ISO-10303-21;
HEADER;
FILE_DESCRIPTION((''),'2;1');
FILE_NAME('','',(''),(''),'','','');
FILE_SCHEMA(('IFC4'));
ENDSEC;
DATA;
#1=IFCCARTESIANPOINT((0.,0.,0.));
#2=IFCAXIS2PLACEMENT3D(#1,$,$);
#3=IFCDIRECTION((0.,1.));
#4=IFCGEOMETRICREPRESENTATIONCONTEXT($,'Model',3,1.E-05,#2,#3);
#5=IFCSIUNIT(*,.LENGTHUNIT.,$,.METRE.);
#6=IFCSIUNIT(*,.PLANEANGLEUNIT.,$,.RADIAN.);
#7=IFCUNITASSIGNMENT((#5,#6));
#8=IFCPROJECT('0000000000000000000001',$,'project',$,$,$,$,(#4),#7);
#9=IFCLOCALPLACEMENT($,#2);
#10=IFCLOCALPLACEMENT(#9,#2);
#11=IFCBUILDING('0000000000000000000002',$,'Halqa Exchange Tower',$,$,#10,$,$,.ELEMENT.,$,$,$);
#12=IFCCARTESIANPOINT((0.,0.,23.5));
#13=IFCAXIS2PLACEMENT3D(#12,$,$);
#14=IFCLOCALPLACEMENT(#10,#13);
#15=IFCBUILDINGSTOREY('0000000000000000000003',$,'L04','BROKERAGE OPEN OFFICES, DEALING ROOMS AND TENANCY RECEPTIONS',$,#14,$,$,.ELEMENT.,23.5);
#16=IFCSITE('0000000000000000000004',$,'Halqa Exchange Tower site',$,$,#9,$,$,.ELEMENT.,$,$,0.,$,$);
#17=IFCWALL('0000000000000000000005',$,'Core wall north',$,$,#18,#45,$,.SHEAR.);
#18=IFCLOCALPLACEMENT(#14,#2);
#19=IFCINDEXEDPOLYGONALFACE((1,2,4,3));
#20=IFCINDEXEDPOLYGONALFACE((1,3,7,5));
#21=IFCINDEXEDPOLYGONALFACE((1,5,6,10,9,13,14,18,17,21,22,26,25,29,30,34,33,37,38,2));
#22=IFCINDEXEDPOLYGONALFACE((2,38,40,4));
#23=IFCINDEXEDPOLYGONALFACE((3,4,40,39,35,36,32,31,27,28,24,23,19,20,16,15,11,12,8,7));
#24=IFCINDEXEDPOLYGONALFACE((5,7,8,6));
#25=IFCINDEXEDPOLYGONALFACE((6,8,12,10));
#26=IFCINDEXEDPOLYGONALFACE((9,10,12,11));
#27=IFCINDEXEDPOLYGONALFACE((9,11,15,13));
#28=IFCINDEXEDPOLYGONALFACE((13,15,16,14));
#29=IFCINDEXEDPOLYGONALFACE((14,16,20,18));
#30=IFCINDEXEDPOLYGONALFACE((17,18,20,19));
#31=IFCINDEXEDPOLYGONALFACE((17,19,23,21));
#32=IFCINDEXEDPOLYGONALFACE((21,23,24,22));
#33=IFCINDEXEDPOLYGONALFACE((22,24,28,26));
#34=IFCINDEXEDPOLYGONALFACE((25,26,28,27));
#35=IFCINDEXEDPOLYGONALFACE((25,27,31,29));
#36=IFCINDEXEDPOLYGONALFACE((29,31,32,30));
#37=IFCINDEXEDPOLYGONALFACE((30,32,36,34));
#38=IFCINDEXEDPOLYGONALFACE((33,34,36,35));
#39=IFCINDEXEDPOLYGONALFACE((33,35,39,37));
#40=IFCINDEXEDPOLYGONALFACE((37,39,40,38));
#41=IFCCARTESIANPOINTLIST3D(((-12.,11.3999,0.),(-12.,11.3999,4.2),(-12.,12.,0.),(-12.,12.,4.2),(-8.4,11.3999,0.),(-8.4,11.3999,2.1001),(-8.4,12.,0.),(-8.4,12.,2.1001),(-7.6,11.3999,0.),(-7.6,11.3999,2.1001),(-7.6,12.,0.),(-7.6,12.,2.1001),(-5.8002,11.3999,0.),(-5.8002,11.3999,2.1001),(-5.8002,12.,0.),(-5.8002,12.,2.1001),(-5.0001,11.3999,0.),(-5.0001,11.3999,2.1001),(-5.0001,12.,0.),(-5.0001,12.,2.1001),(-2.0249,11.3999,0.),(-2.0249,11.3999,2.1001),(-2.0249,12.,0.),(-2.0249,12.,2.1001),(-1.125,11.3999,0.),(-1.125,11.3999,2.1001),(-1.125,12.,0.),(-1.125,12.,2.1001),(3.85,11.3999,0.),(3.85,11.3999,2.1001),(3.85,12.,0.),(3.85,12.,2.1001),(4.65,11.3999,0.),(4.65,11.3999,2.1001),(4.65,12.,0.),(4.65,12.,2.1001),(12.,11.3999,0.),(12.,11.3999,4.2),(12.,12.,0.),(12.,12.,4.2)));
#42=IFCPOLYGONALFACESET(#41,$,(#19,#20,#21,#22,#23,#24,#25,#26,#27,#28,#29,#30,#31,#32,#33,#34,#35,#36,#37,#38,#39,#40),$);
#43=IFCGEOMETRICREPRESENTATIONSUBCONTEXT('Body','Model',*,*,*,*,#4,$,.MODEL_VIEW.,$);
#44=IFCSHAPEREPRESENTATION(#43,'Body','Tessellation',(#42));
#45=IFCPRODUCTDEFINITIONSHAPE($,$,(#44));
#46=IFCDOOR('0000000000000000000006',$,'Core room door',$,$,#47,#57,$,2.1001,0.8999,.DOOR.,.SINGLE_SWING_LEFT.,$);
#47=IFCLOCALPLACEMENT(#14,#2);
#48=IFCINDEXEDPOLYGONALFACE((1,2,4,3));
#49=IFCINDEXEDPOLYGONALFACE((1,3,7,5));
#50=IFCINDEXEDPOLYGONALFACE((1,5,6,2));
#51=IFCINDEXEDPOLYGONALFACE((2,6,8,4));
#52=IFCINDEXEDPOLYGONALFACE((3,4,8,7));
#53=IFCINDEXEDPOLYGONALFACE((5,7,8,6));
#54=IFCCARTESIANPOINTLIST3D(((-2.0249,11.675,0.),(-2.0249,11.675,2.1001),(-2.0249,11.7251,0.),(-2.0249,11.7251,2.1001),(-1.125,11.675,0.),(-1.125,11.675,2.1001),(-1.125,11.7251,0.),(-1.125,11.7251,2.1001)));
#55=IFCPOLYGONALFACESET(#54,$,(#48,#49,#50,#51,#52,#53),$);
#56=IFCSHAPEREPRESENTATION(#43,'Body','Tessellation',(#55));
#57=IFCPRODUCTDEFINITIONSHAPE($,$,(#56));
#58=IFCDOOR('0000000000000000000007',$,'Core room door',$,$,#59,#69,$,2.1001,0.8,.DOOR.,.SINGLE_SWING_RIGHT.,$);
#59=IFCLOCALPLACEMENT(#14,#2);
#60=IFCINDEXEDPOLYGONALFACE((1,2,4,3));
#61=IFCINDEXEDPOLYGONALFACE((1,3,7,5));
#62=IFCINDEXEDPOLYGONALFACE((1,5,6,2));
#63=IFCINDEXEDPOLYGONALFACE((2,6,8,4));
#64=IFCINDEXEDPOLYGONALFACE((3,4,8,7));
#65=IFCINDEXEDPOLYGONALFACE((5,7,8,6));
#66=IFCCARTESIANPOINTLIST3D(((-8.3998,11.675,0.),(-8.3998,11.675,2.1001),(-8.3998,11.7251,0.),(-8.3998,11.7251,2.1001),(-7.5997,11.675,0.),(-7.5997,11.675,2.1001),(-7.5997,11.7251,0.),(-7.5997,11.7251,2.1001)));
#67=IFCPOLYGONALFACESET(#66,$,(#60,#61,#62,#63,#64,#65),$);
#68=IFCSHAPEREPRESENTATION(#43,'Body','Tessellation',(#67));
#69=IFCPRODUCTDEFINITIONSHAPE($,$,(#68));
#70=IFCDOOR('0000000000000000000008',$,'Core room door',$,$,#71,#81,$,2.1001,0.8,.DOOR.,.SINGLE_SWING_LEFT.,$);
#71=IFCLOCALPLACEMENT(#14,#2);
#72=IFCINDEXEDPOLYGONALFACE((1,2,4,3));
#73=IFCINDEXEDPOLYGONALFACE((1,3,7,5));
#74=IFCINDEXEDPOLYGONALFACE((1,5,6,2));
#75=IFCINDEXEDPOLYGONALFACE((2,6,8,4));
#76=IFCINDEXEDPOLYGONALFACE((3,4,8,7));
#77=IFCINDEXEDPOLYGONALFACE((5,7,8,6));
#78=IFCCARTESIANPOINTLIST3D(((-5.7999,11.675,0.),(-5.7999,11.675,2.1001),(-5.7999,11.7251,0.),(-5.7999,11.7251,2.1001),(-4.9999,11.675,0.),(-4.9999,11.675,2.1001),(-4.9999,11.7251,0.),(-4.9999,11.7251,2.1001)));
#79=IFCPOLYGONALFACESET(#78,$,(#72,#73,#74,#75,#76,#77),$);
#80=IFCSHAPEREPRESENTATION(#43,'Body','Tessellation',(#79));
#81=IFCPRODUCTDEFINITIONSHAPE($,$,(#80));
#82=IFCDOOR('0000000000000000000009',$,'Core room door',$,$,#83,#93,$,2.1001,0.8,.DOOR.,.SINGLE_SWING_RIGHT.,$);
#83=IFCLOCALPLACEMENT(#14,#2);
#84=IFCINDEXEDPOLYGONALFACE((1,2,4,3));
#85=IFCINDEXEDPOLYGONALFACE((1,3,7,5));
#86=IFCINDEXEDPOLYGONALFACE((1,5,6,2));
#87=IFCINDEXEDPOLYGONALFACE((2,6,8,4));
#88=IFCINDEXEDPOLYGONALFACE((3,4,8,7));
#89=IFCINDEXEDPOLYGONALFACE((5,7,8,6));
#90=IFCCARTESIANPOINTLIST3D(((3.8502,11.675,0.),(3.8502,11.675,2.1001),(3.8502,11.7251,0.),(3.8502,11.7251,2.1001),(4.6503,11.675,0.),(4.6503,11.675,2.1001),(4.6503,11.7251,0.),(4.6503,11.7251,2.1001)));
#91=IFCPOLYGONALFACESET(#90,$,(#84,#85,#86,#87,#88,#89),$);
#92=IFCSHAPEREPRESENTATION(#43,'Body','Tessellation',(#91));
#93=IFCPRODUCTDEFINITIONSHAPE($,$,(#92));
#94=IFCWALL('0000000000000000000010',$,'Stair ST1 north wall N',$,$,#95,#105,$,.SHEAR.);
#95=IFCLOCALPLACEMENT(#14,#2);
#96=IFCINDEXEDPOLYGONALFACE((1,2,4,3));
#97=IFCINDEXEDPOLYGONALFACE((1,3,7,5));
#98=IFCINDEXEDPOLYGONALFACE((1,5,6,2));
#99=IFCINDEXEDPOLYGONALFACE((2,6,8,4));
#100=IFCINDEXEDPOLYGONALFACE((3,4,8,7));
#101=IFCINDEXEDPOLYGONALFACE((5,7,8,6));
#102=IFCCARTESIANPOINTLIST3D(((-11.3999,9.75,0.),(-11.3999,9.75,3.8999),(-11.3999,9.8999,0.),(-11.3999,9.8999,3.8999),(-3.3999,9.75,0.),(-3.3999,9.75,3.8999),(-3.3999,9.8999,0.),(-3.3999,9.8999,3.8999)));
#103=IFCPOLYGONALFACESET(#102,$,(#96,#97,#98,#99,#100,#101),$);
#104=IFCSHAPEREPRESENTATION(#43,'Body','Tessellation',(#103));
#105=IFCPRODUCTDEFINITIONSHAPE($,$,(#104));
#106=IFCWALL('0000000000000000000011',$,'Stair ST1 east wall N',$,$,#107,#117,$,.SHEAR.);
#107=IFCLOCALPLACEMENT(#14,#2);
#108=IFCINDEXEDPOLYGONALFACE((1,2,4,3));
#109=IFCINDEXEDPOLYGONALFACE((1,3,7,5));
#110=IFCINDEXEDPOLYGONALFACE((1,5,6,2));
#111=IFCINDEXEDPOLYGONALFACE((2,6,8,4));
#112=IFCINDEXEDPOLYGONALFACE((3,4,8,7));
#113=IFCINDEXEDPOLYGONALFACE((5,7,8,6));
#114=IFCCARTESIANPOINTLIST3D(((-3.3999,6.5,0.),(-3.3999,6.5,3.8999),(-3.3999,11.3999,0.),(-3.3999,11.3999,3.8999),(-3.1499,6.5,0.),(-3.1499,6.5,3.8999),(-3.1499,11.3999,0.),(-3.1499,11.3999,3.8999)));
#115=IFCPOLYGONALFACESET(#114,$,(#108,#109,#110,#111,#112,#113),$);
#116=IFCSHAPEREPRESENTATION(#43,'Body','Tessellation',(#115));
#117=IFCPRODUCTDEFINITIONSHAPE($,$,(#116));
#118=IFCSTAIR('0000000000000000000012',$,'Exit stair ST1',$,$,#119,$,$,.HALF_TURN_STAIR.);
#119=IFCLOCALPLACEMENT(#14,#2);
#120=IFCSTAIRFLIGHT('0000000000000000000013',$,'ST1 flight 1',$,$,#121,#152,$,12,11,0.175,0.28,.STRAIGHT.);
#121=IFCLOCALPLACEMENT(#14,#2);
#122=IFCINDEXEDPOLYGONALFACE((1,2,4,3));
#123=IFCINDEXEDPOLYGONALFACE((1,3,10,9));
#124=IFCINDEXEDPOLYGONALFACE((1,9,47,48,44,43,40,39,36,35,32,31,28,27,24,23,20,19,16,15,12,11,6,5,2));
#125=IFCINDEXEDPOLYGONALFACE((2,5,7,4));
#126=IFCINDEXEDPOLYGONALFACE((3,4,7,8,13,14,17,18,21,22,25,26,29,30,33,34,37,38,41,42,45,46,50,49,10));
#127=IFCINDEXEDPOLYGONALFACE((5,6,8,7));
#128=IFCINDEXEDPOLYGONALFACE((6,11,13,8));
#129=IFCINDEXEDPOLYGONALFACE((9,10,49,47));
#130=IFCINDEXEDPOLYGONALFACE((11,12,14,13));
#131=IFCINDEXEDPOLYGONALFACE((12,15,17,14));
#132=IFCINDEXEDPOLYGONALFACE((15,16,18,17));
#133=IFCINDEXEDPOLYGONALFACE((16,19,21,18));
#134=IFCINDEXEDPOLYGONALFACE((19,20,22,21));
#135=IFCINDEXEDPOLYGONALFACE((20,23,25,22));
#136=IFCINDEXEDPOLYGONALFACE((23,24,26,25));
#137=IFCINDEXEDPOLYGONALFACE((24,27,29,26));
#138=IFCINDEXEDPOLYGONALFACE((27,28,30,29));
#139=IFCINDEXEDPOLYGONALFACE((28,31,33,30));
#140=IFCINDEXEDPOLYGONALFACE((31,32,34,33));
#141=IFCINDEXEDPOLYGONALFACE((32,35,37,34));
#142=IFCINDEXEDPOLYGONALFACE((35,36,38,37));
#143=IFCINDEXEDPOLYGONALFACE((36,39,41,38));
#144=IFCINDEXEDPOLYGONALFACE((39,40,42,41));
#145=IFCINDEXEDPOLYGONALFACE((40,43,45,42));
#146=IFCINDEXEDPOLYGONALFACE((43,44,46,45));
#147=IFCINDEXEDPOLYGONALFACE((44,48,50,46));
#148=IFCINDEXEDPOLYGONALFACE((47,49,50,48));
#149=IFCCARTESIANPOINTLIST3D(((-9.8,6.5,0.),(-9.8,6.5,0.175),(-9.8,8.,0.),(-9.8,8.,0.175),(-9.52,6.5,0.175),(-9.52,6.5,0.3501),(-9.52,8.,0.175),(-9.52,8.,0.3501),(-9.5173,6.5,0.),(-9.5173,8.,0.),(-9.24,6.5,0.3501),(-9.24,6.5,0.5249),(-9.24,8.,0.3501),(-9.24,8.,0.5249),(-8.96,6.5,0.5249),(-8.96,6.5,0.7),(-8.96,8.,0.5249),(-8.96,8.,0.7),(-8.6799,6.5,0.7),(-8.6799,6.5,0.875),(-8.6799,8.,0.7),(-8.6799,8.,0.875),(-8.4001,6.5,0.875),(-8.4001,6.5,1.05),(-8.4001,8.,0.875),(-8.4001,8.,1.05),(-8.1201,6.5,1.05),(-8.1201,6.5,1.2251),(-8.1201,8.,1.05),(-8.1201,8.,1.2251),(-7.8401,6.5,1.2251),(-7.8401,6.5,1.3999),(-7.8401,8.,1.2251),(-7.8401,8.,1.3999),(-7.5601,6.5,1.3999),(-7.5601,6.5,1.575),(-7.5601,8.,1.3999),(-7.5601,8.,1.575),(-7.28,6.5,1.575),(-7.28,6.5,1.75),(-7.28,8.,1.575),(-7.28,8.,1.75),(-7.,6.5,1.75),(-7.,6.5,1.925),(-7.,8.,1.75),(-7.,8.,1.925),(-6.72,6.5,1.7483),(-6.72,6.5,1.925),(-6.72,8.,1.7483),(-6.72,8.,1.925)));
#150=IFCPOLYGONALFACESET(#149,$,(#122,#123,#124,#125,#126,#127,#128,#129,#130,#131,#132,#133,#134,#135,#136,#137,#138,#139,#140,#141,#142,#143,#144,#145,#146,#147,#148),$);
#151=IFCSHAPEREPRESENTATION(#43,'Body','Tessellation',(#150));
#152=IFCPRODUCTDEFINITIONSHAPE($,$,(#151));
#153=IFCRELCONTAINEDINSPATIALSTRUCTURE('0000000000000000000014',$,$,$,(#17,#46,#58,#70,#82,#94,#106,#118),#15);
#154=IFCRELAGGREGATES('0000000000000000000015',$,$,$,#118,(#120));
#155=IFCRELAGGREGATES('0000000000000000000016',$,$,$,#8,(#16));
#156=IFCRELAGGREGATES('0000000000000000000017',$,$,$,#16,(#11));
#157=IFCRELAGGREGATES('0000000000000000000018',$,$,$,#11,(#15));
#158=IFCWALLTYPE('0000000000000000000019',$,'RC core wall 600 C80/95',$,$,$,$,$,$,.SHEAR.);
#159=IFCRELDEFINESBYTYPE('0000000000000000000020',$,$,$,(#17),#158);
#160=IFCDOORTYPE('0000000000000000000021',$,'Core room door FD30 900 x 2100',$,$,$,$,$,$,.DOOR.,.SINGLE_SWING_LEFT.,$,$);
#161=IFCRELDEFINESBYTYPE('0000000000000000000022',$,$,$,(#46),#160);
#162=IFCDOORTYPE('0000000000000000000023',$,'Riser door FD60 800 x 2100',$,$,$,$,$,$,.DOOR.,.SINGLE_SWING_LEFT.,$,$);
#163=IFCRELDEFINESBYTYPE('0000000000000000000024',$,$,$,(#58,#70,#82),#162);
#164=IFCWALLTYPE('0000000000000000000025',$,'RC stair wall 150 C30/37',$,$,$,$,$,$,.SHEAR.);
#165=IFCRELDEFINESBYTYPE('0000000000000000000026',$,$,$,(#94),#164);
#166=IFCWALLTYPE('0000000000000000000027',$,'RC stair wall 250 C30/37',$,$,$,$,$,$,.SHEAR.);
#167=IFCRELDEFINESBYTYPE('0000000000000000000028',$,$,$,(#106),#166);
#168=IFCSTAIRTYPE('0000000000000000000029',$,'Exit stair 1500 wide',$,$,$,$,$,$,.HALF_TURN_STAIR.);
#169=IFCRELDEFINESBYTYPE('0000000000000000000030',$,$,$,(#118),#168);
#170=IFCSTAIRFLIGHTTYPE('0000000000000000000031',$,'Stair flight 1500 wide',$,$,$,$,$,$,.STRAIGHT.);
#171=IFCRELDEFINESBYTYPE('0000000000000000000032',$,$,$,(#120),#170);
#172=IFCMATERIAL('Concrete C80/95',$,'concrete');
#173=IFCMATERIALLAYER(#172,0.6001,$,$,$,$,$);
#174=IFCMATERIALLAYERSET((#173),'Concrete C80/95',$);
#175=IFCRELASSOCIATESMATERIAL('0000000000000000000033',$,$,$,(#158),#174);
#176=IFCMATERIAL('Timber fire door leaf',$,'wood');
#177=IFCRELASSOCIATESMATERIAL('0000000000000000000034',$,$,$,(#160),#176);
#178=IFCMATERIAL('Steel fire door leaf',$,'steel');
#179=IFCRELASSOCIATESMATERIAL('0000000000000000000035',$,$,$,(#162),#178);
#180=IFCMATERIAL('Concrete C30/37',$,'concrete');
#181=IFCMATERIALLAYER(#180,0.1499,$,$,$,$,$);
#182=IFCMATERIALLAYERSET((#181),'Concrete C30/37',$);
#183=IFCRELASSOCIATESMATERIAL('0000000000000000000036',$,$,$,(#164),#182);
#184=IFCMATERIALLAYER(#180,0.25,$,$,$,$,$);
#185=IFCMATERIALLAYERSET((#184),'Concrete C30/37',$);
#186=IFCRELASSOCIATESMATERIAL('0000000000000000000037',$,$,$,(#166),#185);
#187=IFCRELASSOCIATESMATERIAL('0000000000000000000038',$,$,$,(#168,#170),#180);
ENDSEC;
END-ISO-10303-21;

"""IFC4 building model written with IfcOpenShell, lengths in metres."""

from ifc_helpers import new_model, si_unit, direction, frame, frame_2d, origin, place, context, subcontext, project, spatial, polyline, rectangle, outline, extrude, material, layer, layer_set, type_object, element, fill, aggregate, save


model = new_model("IFC4")

# Units and contexts
model_context = context("Model", 3, precision=1e-05, world=origin(), true_north=direction((0.0, 1.0)))
body_context = subcontext(model_context, "Body", "Model", "MODEL_VIEW")
ifc_project = project(units=[si_unit("LENGTHUNIT", "METRE"), si_unit("PLANEANGLEUNIT", "RADIAN")], contexts=[model_context])

# Site, building, storey
site_placement = place(None, origin())
site = spatial("IfcSite", under=ifc_project, at=site_placement, Name="Halqa Exchange Tower site", CompositionType="ELEMENT", RefElevation=0.0)
building_placement = place(site_placement, origin())
building = spatial("IfcBuilding", under=site, at=building_placement, Name="Halqa Exchange Tower", CompositionType="ELEMENT")
storey_placement = place(building_placement, frame((0.0, 0.0, 23.5)))
storey = spatial("IfcBuildingStorey", under=building, at=storey_placement, Name="L04", Description="BROKERAGE OPEN OFFICES, DEALING ROOMS AND TENANCY RECEPTIONS", CompositionType="ELEMENT", Elevation=23.5)

# Shared definitions
ifc_material_1 = material(Name="Concrete C80/95", Category="concrete")

# Wall, openings, doors
ifc_layer_1 = layer(ifc_material_1, 0.6001)
ifc_layer_set_1 = layer_set([ifc_layer_1], Name="Concrete C80/95")
wall_type_1 = type_object("IfcWallType", Name="RC core wall 600 C80/95", PredefinedType="SHEAR", material=ifc_layer_set_1)
wall_1_placement = place(storey_placement, frame((-12.0, 11.7, 0.0), z_axis=(0.0, 0.0, 1.0), x_axis=(1.0, 0.0, 0.0)))
wall_1 = element("IfcWall", 1, at=wall_1_placement, inside=storey, type_object=wall_type_1, Name="Core wall north", PredefinedType="SHEAR", context=body_context, shape_type="SweptSolid", body=[
    extrude(rectangle(XDim=24.0, YDim=0.6001, at=frame_2d((12.0, 0.0))), origin(), (0.0, 0.0, 1.0), 4.2),
])
opening_1_placement = place(wall_1_placement, frame((9.9751, 0.0, 0.0)))
opening_1 = element("IfcOpeningElement", 2, at=opening_1_placement, cuts=wall_1, PredefinedType="OPENING", context=body_context, shape_type="SweptSolid", body=[
    extrude(rectangle(XDim=0.8999, YDim=2.1001, at=frame_2d((0.45, 1.05))), frame((0.0, 0.312, 0.0), z_axis=(0.0, -1.0, 0.0), x_axis=(1.0, 0.0, 0.0)), (0.0, 0.0, 1.0), 0.624),
])
opening_2_placement = place(wall_1_placement, frame((3.6001, 0.0, 0.0)))
opening_2 = element("IfcOpeningElement", 3, at=opening_2_placement, cuts=wall_1, PredefinedType="OPENING", context=body_context, shape_type="SweptSolid", body=[
    extrude(rectangle(XDim=0.8, YDim=2.1001, at=frame_2d((0.3999, 1.05))), frame((0.0, 0.312, 0.0), z_axis=(0.0, -1.0, 0.0), x_axis=(1.0, 0.0, 0.0)), (0.0, 0.0, 1.0), 0.624),
])
opening_3_placement = place(wall_1_placement, frame((6.2, 0.0, 0.0)))
opening_3 = element("IfcOpeningElement", 4, at=opening_3_placement, cuts=wall_1, PredefinedType="OPENING", context=body_context, shape_type="SweptSolid", body=[
    extrude(rectangle(XDim=0.8, YDim=2.1001, at=frame_2d((0.3999, 1.05))), frame((0.0, 0.312, 0.0), z_axis=(0.0, -1.0, 0.0), x_axis=(1.0, 0.0, 0.0)), (0.0, 0.0, 1.0), 0.624),
])
opening_4_placement = place(wall_1_placement, frame((15.8501, 0.0, 0.0)))
opening_4 = element("IfcOpeningElement", 5, at=opening_4_placement, cuts=wall_1, PredefinedType="OPENING", context=body_context, shape_type="SweptSolid", body=[
    extrude(rectangle(XDim=0.8, YDim=2.1001, at=frame_2d((0.3999, 1.05))), frame((0.0, 0.312, 0.0), z_axis=(0.0, -1.0, 0.0), x_axis=(1.0, 0.0, 0.0)), (0.0, 0.0, 1.0), 0.624),
])
ifc_material_2 = material(Name="Timber fire door leaf", Category="wood")
door_type_1 = type_object("IfcDoorType", Name="Core room door FD30 900 x 2100", OperationType="SINGLE_SWING_LEFT", PredefinedType="DOOR", material=ifc_material_2)
door_1_placement = place(opening_1_placement, frame((0.8999, 0.0, 0.0), z_axis=(0.0, 0.0, 1.0), x_axis=(-1.0, 0.0, 0.0)))
door_1 = element("IfcDoor", 6, at=door_1_placement, inside=storey, type_object=door_type_1, Name="Core room door", OperationType="SINGLE_SWING_LEFT", OverallHeight=2.1001, OverallWidth=0.8999, PredefinedType="DOOR", context=body_context, shape_type="SweptSolid", body=[
    extrude(rectangle(XDim=0.8999, YDim=2.1001, at=frame_2d((0.45, 1.05))), frame((0.0, 0.0249, 0.0), z_axis=(0.0, -1.0, 0.0), x_axis=(1.0, 0.0, 0.0)), (0.0, 0.0, 1.0), 0.05),
])
fill(opening_1, door_1)
ifc_material_3 = material(Name="Steel fire door leaf", Category="steel")
door_type_2 = type_object("IfcDoorType", Name="Riser door FD60 800 x 2100", OperationType="SINGLE_SWING_LEFT", PredefinedType="DOOR", material=ifc_material_3)
door_2_placement = place(opening_2_placement, frame((0.8, 0.0, 0.0), z_axis=(0.0, 0.0, 1.0), x_axis=(-1.0, 0.0, 0.0)))
door_2 = element("IfcDoor", 7, at=door_2_placement, inside=storey, type_object=door_type_2, Name="Core room door", OperationType="SINGLE_SWING_RIGHT", OverallHeight=2.1001, OverallWidth=0.8, PredefinedType="DOOR", context=body_context, shape_type="SweptSolid", body=[
    extrude(rectangle(XDim=0.8, YDim=2.1001, at=frame_2d((0.3999, 1.05))), frame((0.0, 0.0249, 0.0), z_axis=(0.0, -1.0, 0.0), x_axis=(1.0, 0.0, 0.0)), (0.0, 0.0, 1.0), 0.05),
])
fill(opening_2, door_2)
door_3_placement = place(opening_3_placement, frame((0.8, 0.0, 0.0), z_axis=(0.0, 0.0, 1.0), x_axis=(-1.0, 0.0, 0.0)))
door_3 = element("IfcDoor", 8, at=door_3_placement, inside=storey, type_object=door_type_2, Name="Core room door", OperationType="SINGLE_SWING_LEFT", OverallHeight=2.1001, OverallWidth=0.8, PredefinedType="DOOR", context=body_context, shape_type="SweptSolid", body=[
    extrude(rectangle(XDim=0.8, YDim=2.1001, at=frame_2d((0.3999, 1.05))), frame((0.0, 0.0249, 0.0), z_axis=(0.0, -1.0, 0.0), x_axis=(1.0, 0.0, 0.0)), (0.0, 0.0, 1.0), 0.05),
])
fill(opening_3, door_3)
door_4_placement = place(opening_4_placement, frame((0.8, 0.0, 0.0), z_axis=(0.0, 0.0, 1.0), x_axis=(-1.0, 0.0, 0.0)))
door_4 = element("IfcDoor", 9, at=door_4_placement, inside=storey, type_object=door_type_2, Name="Core room door", OperationType="SINGLE_SWING_RIGHT", OverallHeight=2.1001, OverallWidth=0.8, PredefinedType="DOOR", context=body_context, shape_type="SweptSolid", body=[
    extrude(rectangle(XDim=0.8, YDim=2.1001, at=frame_2d((0.3999, 1.05))), frame((0.0, 0.0249, 0.0), z_axis=(0.0, -1.0, 0.0), x_axis=(1.0, 0.0, 0.0)), (0.0, 0.0, 1.0), 0.05),
])
fill(opening_4, door_4)

# Walls
ifc_material_4 = material(Name="Concrete C30/37", Category="concrete")
ifc_layer_2 = layer(ifc_material_4, 0.1499)
ifc_layer_set_2 = layer_set([ifc_layer_2], Name="Concrete C30/37")
wall_type_2 = type_object("IfcWallType", Name="RC stair wall 150 C30/37", PredefinedType="SHEAR", material=ifc_layer_set_2)
wall_2_placement = place(storey_placement, frame((-11.3999, 9.825, 0.0), z_axis=(0.0, 0.0, 1.0), x_axis=(1.0, 0.0, 0.0)))
element("IfcWall", 10, at=wall_2_placement, inside=storey, type_object=wall_type_2, Name="Stair ST1 north wall N", PredefinedType="SHEAR", context=body_context, shape_type="SweptSolid", body=[
    extrude(rectangle(XDim=8.0, YDim=0.1499, at=frame_2d((4.0, 0.0))), origin(), (0.0, 0.0, 1.0), 3.8999),
])
ifc_layer_3 = layer(ifc_material_4, 0.25)
ifc_layer_set_3 = layer_set([ifc_layer_3], Name="Concrete C30/37")
wall_type_3 = type_object("IfcWallType", Name="RC stair wall 250 C30/37", PredefinedType="SHEAR", material=ifc_layer_set_3)
wall_3_placement = place(storey_placement, frame((-3.2749, 6.5, 0.0), z_axis=(0.0, 0.0, 1.0), x_axis=(0.0, 1.0, 0.0)))
element("IfcWall", 11, at=wall_3_placement, inside=storey, type_object=wall_type_3, Name="Stair ST1 east wall N", PredefinedType="SHEAR", context=body_context, shape_type="SweptSolid", body=[
    extrude(rectangle(XDim=4.8999, YDim=0.25, at=frame_2d((2.45, 0.0))), origin(), (0.0, 0.0, 1.0), 3.8999),
])

# Stair, stair flight
stair_type = type_object("IfcStairType", Name="Exit stair 1500 wide", PredefinedType="HALF_TURN_STAIR", material=ifc_material_4)
stair_placement = place(storey_placement, origin())
stair = element("IfcStair", 12, at=stair_placement, inside=storey, type_object=stair_type, Name="Exit stair ST1", PredefinedType="HALF_TURN_STAIR")
stair_flight_type = type_object("IfcStairFlightType", Name="Stair flight 1500 wide", PredefinedType="STRAIGHT", material=ifc_material_4)
stair_flight_1_placement = place(storey_placement, frame((-9.8, 7.25, 0.0), z_axis=(0.0, 0.0, 1.0), x_axis=(1.0, 0.0, 0.0)))
stair_flight_1 = element("IfcStairFlight", 13, at=stair_flight_1_placement, type_object=stair_flight_type, Name="ST1 flight 1", NumberOfRisers=12, NumberOfTreads=11, PredefinedType="STRAIGHT", RiserHeight=0.175, TreadLength=0.28, context=body_context, shape_type="SweptSolid", body=[
    extrude(outline(polyline([(0.0, 0.0), (0.0, 0.175), (0.28, 0.175), (0.28, 0.3501), (0.5601, 0.3501), (0.5601, 0.5249), (0.8401, 0.5249), (0.8401, 0.7), (1.1201, 0.7), (1.1201, 0.875), (1.3999, 0.875), (1.3999, 1.05), (1.6799, 1.05), (1.6799, 1.2251), (1.96, 1.2251), (1.96, 1.3999), (2.24, 1.3999), (2.24, 1.575), (2.52, 1.575), (2.52, 1.75), (2.8, 1.75), (2.8, 1.925), (3.0801, 1.925), (3.0801, 2.1001), (3.0801, 1.7483), (0.2827, 0.0), (0.0, 0.0)])), frame((0.0, 0.75, 0.0), z_axis=(0.0, -1.0, 0.0), x_axis=(1.0, 0.0, 0.0)), (0.0, 0.0, 1.0), 1.5),
])
aggregate(stair, [stair_flight_1])

save(model, "model.ifc")
